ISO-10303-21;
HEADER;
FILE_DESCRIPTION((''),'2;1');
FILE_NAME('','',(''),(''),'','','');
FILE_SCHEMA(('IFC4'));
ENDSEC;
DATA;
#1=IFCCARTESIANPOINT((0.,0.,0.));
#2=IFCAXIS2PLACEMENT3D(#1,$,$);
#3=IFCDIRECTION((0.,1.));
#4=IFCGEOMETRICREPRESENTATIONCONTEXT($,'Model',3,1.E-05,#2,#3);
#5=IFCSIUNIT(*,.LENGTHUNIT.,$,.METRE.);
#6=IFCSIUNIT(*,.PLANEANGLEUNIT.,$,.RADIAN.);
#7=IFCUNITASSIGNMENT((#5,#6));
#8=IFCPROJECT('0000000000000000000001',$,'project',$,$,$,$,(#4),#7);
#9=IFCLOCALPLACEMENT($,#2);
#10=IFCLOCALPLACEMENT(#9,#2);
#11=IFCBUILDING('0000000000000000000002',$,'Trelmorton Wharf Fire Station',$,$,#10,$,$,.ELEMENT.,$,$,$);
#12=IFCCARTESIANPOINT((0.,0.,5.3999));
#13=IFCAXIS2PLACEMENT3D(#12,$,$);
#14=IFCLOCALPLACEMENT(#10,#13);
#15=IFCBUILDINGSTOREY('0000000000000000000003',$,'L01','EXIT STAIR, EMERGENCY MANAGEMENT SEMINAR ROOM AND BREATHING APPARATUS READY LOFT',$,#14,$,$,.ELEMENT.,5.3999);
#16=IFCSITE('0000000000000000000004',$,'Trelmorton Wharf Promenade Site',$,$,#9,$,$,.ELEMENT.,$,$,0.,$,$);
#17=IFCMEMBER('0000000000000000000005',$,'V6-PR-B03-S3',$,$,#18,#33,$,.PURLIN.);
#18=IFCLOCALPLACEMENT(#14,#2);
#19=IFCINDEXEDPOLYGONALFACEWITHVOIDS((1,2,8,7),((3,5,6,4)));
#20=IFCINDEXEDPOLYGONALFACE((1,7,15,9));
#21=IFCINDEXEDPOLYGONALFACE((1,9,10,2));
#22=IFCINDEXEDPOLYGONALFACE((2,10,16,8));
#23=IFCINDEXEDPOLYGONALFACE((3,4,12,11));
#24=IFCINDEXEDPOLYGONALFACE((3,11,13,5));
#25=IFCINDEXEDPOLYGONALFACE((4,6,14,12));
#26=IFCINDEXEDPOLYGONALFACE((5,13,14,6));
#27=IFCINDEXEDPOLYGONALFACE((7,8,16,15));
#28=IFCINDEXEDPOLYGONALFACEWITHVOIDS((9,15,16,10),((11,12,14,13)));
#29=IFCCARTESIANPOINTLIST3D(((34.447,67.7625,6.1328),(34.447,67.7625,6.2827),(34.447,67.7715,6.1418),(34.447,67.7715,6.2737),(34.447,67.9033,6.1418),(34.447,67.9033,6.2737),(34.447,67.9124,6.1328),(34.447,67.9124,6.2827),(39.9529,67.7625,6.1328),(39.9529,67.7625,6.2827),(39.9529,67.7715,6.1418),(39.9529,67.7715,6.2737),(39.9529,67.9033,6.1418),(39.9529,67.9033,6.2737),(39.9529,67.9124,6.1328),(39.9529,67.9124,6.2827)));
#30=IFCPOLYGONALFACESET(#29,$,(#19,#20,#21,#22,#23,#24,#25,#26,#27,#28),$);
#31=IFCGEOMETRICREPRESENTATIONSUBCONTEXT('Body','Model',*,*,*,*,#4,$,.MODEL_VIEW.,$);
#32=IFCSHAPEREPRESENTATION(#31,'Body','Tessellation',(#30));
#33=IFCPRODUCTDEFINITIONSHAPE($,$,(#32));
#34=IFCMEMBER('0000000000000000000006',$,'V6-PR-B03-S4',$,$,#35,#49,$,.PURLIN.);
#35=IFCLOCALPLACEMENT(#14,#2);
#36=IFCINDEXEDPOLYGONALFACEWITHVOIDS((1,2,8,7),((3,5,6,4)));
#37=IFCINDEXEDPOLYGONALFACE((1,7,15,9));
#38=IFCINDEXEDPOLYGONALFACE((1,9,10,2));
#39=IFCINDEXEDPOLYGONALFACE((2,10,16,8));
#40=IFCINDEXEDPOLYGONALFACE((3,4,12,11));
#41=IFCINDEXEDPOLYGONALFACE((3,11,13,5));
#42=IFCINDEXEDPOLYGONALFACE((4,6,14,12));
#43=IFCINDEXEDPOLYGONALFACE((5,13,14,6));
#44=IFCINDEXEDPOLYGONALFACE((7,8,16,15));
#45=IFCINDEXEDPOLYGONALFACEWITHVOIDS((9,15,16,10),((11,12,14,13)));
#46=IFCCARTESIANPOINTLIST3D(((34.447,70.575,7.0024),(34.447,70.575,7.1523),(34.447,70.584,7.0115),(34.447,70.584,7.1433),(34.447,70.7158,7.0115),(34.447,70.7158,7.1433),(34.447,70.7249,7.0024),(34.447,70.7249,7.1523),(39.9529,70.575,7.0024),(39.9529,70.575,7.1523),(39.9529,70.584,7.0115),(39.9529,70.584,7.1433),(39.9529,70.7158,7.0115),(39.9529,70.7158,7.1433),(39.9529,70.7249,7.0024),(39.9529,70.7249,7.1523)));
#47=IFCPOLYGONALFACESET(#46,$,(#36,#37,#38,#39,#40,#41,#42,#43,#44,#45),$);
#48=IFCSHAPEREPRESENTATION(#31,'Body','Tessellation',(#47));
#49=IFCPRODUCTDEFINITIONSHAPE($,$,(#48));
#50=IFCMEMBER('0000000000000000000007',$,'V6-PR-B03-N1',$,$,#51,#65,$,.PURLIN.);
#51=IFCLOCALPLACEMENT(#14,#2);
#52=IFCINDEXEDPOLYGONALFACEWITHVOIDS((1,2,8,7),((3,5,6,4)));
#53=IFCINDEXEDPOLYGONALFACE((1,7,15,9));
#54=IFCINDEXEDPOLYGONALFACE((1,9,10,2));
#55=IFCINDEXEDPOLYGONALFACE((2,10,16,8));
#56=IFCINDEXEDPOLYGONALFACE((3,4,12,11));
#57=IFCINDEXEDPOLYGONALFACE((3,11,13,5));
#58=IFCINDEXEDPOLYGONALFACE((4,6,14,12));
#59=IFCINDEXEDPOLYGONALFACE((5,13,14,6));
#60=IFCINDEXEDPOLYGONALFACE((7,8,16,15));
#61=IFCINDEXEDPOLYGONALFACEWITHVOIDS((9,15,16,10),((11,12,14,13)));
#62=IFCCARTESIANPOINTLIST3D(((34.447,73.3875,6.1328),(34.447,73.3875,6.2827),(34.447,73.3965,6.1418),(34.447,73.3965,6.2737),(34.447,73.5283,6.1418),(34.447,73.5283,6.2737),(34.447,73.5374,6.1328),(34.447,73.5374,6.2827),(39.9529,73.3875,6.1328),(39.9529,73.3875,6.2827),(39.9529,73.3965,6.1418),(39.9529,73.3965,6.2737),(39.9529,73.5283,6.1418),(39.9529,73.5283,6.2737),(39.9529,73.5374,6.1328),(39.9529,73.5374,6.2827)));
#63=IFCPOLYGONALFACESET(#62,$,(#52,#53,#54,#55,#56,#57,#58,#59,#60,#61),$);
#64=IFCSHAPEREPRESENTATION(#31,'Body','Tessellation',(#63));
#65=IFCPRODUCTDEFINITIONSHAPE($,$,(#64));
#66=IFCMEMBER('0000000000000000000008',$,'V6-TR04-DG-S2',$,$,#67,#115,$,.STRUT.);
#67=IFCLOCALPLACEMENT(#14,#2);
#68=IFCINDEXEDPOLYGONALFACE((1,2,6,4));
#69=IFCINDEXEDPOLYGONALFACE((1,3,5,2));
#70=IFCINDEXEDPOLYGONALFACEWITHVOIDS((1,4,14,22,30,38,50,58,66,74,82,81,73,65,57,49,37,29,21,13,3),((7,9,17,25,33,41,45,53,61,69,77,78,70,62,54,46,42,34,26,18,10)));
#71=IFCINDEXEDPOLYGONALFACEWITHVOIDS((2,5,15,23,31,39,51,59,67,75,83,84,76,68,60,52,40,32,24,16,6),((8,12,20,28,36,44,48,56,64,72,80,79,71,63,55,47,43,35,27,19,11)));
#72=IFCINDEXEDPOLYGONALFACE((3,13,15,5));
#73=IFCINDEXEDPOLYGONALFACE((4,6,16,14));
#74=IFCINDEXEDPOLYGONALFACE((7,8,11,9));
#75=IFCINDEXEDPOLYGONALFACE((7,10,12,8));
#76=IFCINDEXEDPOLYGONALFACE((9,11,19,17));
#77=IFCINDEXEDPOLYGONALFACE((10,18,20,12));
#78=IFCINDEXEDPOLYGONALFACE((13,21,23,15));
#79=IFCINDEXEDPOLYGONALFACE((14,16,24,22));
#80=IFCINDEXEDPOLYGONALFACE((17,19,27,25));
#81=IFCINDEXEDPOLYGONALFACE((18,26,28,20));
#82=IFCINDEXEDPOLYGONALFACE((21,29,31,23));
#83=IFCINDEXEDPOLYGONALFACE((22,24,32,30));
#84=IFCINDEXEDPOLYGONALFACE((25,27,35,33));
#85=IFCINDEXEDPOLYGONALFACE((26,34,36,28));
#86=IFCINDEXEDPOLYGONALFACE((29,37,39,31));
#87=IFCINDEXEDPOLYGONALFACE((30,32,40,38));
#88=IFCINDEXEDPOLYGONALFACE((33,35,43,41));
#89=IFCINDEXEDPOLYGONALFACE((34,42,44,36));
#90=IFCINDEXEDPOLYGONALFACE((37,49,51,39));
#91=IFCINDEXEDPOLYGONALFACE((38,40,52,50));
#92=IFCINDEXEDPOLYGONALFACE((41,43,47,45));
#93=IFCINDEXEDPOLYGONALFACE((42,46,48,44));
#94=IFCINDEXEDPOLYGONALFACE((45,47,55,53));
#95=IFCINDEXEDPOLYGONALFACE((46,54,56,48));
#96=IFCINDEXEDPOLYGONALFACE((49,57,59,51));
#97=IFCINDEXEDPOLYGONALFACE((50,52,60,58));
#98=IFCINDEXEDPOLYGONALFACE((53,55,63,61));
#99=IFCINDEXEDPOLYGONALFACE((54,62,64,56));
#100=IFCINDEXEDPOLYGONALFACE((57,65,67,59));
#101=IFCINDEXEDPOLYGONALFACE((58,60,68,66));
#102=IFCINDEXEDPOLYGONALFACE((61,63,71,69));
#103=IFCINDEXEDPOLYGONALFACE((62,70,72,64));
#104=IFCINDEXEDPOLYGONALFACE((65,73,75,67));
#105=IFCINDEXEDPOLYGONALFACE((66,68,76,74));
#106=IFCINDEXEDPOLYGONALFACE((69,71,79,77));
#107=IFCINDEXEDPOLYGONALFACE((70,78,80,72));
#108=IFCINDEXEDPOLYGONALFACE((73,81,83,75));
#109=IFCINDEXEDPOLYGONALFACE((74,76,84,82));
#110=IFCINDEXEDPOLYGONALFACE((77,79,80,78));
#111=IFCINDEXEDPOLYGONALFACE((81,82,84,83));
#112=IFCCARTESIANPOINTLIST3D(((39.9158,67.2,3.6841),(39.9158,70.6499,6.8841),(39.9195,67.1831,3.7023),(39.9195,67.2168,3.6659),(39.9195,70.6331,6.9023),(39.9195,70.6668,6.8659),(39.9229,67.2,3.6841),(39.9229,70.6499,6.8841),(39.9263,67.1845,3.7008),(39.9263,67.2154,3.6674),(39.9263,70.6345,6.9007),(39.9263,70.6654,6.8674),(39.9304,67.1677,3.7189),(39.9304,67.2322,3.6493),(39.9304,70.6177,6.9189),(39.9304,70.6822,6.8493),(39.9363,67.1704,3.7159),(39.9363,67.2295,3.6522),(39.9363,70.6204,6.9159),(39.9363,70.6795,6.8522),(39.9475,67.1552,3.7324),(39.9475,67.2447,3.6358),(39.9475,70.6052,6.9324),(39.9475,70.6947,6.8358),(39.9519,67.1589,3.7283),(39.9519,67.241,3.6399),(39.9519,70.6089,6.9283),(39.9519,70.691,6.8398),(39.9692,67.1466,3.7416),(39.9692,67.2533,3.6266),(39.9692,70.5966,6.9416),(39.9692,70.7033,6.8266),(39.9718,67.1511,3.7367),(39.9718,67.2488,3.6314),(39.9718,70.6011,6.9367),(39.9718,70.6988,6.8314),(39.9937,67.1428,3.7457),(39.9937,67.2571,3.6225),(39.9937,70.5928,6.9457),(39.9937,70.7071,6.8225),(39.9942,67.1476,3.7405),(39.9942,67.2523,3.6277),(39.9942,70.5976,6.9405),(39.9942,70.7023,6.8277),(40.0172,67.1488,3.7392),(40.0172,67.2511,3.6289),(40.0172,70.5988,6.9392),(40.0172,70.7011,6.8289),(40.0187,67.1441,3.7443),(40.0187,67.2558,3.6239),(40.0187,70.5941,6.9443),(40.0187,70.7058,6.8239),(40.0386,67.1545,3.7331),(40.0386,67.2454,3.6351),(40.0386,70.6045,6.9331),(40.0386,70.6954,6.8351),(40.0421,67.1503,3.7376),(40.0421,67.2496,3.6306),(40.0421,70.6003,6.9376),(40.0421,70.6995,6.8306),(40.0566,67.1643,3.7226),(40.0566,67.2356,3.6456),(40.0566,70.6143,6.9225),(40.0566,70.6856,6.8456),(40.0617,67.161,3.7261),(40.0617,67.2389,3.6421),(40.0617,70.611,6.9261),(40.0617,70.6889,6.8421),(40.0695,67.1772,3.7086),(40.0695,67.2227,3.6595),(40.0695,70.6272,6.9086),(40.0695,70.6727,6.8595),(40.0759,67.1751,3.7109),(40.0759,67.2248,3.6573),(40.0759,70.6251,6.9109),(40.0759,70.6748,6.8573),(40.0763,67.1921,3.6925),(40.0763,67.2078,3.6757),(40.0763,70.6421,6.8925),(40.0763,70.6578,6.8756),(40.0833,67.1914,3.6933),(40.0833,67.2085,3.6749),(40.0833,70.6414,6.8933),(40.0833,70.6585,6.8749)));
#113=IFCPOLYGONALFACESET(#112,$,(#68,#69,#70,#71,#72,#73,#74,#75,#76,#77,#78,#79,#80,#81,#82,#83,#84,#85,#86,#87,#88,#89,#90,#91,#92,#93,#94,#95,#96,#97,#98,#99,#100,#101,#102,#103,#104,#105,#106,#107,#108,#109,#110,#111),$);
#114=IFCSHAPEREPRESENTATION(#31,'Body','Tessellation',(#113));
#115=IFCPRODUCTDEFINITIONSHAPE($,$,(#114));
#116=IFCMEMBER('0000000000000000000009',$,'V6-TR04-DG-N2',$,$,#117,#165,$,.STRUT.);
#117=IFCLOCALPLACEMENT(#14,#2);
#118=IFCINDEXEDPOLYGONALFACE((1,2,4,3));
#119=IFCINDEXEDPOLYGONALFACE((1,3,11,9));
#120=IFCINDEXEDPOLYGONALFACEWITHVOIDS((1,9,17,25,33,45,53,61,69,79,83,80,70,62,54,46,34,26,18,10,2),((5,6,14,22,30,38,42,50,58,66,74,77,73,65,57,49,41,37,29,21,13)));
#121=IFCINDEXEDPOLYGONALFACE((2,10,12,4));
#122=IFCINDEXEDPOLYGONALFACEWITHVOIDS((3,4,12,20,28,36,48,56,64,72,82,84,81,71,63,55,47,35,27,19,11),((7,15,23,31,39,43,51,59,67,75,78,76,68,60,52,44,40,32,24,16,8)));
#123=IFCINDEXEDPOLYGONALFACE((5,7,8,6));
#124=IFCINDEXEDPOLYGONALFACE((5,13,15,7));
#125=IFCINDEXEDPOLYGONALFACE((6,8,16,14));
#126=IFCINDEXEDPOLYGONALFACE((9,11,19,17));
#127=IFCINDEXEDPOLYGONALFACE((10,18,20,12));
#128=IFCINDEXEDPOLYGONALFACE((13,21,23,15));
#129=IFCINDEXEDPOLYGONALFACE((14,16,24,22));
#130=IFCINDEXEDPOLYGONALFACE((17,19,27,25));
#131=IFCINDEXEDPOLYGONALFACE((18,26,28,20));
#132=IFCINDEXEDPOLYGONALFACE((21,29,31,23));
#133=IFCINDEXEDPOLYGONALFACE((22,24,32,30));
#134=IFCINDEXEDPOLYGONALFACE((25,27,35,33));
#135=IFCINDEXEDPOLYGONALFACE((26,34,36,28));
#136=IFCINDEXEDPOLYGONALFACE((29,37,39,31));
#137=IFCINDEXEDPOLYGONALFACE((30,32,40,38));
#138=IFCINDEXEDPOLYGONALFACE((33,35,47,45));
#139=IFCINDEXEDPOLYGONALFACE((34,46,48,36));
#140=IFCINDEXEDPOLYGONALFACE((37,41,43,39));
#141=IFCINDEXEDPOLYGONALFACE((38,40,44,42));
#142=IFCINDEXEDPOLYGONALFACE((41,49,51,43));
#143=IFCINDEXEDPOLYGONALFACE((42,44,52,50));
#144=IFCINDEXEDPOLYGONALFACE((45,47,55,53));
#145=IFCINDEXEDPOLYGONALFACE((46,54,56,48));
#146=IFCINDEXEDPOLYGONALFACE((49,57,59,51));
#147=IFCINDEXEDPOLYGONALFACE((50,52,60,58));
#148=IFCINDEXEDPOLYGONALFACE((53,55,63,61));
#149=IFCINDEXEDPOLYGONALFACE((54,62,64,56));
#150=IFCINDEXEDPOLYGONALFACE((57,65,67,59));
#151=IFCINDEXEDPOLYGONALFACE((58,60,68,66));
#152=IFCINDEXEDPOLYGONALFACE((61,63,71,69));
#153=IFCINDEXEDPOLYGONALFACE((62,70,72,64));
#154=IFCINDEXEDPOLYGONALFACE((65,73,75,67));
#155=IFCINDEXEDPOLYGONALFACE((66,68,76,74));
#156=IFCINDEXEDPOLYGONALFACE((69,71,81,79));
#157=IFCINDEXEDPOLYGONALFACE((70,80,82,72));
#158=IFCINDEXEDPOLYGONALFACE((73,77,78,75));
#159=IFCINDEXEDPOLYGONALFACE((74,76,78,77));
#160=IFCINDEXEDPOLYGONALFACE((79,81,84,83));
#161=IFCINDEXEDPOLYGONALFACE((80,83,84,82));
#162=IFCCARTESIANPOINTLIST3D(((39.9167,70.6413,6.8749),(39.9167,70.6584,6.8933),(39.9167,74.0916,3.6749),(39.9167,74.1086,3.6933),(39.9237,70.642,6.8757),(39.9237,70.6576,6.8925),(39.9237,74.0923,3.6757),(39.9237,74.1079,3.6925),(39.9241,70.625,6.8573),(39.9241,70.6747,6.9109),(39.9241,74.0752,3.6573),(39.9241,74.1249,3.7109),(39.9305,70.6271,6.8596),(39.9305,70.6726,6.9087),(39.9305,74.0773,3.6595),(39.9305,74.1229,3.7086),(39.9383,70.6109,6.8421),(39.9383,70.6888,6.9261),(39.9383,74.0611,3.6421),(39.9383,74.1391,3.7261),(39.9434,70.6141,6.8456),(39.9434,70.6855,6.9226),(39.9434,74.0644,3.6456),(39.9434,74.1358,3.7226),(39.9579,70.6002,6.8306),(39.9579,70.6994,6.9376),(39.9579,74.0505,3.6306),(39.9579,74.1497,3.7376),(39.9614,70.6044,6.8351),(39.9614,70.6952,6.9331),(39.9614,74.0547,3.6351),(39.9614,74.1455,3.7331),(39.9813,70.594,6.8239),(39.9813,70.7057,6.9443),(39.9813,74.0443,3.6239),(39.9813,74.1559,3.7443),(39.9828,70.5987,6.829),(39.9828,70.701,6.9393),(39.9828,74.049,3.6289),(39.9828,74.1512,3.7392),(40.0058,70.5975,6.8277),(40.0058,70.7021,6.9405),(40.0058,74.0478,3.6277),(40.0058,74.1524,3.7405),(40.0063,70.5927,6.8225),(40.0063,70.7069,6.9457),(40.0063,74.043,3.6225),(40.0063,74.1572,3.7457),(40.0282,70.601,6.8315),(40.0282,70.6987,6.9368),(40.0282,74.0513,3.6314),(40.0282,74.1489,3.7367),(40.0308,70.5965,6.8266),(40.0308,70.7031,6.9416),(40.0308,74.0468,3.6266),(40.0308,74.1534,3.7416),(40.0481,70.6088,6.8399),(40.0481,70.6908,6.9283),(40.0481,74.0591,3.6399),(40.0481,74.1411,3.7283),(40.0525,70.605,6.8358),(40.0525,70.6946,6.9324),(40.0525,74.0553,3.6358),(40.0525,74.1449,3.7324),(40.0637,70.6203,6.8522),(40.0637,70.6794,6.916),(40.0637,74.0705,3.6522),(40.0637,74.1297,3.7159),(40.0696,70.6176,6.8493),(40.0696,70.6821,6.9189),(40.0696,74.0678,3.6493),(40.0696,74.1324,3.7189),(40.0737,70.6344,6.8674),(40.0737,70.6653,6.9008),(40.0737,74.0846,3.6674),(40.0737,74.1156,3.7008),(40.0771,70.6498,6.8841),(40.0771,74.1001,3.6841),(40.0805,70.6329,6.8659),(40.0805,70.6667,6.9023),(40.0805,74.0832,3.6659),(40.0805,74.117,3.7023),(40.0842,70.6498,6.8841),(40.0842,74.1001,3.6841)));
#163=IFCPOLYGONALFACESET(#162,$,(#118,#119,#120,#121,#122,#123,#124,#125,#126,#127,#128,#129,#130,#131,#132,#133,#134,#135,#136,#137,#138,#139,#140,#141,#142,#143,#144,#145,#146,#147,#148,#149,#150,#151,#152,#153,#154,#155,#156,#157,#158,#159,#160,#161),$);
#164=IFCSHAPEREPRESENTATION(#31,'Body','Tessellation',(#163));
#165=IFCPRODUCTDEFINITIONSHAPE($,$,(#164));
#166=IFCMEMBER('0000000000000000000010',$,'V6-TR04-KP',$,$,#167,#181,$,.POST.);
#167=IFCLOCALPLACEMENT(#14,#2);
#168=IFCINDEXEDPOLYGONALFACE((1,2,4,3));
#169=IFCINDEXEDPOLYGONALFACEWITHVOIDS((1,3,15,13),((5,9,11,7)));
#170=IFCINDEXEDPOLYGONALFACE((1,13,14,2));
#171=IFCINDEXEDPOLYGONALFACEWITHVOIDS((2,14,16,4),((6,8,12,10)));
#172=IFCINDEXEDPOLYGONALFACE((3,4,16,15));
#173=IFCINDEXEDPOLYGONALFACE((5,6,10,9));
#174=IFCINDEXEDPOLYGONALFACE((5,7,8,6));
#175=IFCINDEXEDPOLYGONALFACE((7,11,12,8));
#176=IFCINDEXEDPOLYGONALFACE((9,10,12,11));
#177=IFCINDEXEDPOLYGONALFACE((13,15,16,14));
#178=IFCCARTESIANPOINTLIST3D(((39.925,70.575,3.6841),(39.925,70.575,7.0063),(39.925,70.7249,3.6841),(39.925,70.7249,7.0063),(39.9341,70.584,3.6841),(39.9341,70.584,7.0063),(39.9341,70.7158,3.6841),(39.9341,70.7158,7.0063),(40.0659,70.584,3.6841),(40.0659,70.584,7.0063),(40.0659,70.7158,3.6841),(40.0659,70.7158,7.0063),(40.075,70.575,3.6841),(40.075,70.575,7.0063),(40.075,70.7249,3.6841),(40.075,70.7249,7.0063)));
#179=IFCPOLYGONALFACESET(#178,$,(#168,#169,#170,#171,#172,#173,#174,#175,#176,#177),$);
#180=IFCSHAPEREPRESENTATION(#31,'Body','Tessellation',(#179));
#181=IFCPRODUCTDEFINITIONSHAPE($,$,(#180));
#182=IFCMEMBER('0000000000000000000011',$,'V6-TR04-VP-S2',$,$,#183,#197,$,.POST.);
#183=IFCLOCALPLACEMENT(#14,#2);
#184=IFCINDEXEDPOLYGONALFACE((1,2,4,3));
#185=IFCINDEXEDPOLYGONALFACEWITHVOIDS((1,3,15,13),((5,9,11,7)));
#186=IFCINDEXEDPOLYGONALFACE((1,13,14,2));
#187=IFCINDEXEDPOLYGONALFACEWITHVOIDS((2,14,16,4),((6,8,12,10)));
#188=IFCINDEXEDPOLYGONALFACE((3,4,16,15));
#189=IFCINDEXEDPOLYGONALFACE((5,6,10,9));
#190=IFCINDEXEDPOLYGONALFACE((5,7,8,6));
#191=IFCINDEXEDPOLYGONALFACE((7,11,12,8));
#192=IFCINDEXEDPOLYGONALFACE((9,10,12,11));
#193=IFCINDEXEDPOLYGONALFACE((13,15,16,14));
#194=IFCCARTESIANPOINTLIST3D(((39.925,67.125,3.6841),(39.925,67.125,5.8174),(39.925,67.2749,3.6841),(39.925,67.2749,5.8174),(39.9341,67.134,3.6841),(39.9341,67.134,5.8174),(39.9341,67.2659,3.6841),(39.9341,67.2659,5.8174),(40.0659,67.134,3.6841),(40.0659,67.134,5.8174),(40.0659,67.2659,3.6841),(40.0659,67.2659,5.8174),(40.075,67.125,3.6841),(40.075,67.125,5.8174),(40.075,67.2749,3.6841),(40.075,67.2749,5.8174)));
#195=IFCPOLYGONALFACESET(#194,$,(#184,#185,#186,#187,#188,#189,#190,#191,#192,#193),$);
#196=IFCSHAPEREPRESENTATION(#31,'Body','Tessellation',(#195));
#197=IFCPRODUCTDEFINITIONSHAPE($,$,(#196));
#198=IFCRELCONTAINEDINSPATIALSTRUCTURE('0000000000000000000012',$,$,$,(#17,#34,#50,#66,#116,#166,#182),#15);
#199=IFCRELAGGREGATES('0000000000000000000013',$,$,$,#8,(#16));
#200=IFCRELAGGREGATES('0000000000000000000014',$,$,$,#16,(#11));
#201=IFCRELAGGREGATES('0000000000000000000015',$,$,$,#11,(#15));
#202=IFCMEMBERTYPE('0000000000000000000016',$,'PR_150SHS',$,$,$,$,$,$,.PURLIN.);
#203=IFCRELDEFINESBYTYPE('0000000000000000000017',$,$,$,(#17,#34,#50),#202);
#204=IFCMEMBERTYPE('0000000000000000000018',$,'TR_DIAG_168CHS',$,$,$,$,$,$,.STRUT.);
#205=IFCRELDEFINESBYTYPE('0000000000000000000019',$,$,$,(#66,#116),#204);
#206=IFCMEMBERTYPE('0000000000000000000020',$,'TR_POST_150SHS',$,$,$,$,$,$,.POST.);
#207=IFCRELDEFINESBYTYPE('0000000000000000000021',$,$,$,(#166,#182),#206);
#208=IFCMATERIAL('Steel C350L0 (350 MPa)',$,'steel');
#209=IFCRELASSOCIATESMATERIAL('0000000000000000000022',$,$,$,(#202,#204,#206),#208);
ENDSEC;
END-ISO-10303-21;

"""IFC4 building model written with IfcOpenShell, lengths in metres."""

from ifc_helpers import new_model, si_unit, direction, frame, origin, origin_2d, place, context, subcontext, project, spatial, hollow_rectangle, hollow_circle, extrude, material, material_profile, profile_set, type_object, element, save


model = new_model("IFC4")

# Units and contexts
model_context = context("Model", 3, precision=1e-05, world=origin(), true_north=direction((0.0, 1.0)))
body_context = subcontext(model_context, "Body", "Model", "MODEL_VIEW")
ifc_project = project(units=[si_unit("LENGTHUNIT", "METRE"), si_unit("PLANEANGLEUNIT", "RADIAN")], contexts=[model_context])

# Site, building, storey
site_placement = place(None, origin())
site = spatial("IfcSite", under=ifc_project, at=site_placement, Name="Trelmorton Wharf Promenade Site", CompositionType="ELEMENT", RefElevation=0.0)
building_placement = place(site_placement, origin())
building = spatial("IfcBuilding", under=site, at=building_placement, Name="Trelmorton Wharf Fire Station", CompositionType="ELEMENT")
storey_placement = place(building_placement, frame((0.0, 0.0, 5.3999)))
storey = spatial("IfcBuildingStorey", under=building, at=storey_placement, Name="L01", Description="EXIT STAIR, EMERGENCY MANAGEMENT SEMINAR ROOM AND BREATHING APPARATUS READY LOFT", CompositionType="ELEMENT", Elevation=5.3999)

# Members
ifc_material_1 = material(Name="Steel C350L0 (350 MPa)", Category="steel")
ifc_material_profile_1 = material_profile(ifc_material_1, hollow_rectangle(XDim=0.1499, YDim=0.1499, WallThickness=0.009, at=origin_2d()), Name="150x150x9.0SHS")
ifc_profile_set_1 = profile_set([ifc_material_profile_1], Name="Steel C350L0 (350 MPa)")
member_type_1 = type_object("IfcMemberType", Name="PR_150SHS", PredefinedType="PURLIN", material=ifc_profile_set_1)
for number, where, z_axis, x_axis, name in (
    (1, (34.447, 67.8374, 6.2078), (1.0, 0.0, 0.0), (0.0, 1.0, 0.0), "V6-PR-B03-S3"),
    (2, (34.447, 70.6499, 7.0774), (1.0, 0.0, 0.0), (0.0, 1.0, 0.0), "V6-PR-B03-S4"),
    (3, (34.447, 73.4624, 6.2078), (1.0, 0.0, 0.0), (0.0, 1.0, 0.0), "V6-PR-B03-N1"),
):
    element("IfcMember", number, at=place(storey_placement, frame(where, z_axis=z_axis, x_axis=x_axis)), inside=storey, type_object=member_type_1, Name=name, PredefinedType="PURLIN", context=body_context, shape_type="SweptSolid", body=[
        extrude(hollow_rectangle(XDim=0.1499, YDim=0.1499, WallThickness=0.009, at=origin_2d()), origin(), (0.0, 0.0, 1.0), 5.5059),
    ])
ifc_material_profile_2 = material_profile(ifc_material_1, hollow_circle(Radius=0.0842, WallThickness=0.0071, at=origin_2d()), Name="168.3x7.1CHS")
ifc_profile_set_2 = profile_set([ifc_material_profile_2], Name="Steel C350L0 (350 MPa)")
member_type_2 = type_object("IfcMemberType", Name="TR_DIAG_168CHS", PredefinedType="STRUT", material=ifc_profile_set_2)
member_1_placement = place(storey_placement, frame((40.0, 67.2, 3.6841), z_axis=(0.0, 0.733172, 0.680043), x_axis=(-1.0, 0.0, 0.0)))
element("IfcMember", 4, at=member_1_placement, inside=storey, type_object=member_type_2, Name="V6-TR04-DG-S2", PredefinedType="STRUT", context=body_context, shape_type="SweptSolid", body=[
    extrude(hollow_circle(Radius=0.0842, WallThickness=0.0071, at=origin_2d()), origin(), (0.0, 0.0, 1.0), 4.7056),
])
member_2_placement = place(storey_placement, frame((40.0, 74.1001, 3.6841), z_axis=(0.0, -0.733196, 0.680017), x_axis=(1.0, 0.0, 0.0)))
element("IfcMember", 5, at=member_2_placement, inside=storey, type_object=member_type_2, Name="V6-TR04-DG-N2", PredefinedType="STRUT", context=body_context, shape_type="SweptSolid", body=[
    extrude(hollow_circle(Radius=0.0842, WallThickness=0.0071, at=origin_2d()), origin(), (0.0, 0.0, 1.0), 4.7058),
])
ifc_material_profile_3 = material_profile(ifc_material_1, hollow_rectangle(XDim=0.1499, YDim=0.1499, WallThickness=0.009, at=origin_2d()), Name="150x150x9.0SHS")
ifc_profile_set_3 = profile_set([ifc_material_profile_3], Name="Steel C350L0 (350 MPa)")
member_type_3 = type_object("IfcMemberType", Name="TR_POST_150SHS", PredefinedType="POST", material=ifc_profile_set_3)
member_3_placement = place(storey_placement, frame((40.0, 70.6499, 3.6841), z_axis=(0.0, 0.0, 1.0), x_axis=(1.0, 0.0, 0.0)))
element("IfcMember", 6, at=member_3_placement, inside=storey, type_object=member_type_3, Name="V6-TR04-KP", PredefinedType="POST", context=body_context, shape_type="SweptSolid", body=[
    extrude(hollow_rectangle(XDim=0.1499, YDim=0.1499, WallThickness=0.009, at=origin_2d()), origin(), (0.0, 0.0, 1.0), 3.3223),
])
for number, where, z_axis, x_axis, name in (
    (7, (40.0, 67.2, 3.6841), (0.0, 0.0, 1.0), (1.0, 0.0, 0.0), "V6-TR04-VP-S2"),
):
    element("IfcMember", number, at=place(storey_placement, frame(where, z_axis=z_axis, x_axis=x_axis)), inside=storey, type_object=member_type_3, Name=name, PredefinedType="POST", context=body_context, shape_type="SweptSolid", body=[
        extrude(hollow_rectangle(XDim=0.1499, YDim=0.1499, WallThickness=0.009, at=origin_2d()), origin(), (0.0, 0.0, 1.0), 2.1333),
    ])

save(model, "model.ifc")
